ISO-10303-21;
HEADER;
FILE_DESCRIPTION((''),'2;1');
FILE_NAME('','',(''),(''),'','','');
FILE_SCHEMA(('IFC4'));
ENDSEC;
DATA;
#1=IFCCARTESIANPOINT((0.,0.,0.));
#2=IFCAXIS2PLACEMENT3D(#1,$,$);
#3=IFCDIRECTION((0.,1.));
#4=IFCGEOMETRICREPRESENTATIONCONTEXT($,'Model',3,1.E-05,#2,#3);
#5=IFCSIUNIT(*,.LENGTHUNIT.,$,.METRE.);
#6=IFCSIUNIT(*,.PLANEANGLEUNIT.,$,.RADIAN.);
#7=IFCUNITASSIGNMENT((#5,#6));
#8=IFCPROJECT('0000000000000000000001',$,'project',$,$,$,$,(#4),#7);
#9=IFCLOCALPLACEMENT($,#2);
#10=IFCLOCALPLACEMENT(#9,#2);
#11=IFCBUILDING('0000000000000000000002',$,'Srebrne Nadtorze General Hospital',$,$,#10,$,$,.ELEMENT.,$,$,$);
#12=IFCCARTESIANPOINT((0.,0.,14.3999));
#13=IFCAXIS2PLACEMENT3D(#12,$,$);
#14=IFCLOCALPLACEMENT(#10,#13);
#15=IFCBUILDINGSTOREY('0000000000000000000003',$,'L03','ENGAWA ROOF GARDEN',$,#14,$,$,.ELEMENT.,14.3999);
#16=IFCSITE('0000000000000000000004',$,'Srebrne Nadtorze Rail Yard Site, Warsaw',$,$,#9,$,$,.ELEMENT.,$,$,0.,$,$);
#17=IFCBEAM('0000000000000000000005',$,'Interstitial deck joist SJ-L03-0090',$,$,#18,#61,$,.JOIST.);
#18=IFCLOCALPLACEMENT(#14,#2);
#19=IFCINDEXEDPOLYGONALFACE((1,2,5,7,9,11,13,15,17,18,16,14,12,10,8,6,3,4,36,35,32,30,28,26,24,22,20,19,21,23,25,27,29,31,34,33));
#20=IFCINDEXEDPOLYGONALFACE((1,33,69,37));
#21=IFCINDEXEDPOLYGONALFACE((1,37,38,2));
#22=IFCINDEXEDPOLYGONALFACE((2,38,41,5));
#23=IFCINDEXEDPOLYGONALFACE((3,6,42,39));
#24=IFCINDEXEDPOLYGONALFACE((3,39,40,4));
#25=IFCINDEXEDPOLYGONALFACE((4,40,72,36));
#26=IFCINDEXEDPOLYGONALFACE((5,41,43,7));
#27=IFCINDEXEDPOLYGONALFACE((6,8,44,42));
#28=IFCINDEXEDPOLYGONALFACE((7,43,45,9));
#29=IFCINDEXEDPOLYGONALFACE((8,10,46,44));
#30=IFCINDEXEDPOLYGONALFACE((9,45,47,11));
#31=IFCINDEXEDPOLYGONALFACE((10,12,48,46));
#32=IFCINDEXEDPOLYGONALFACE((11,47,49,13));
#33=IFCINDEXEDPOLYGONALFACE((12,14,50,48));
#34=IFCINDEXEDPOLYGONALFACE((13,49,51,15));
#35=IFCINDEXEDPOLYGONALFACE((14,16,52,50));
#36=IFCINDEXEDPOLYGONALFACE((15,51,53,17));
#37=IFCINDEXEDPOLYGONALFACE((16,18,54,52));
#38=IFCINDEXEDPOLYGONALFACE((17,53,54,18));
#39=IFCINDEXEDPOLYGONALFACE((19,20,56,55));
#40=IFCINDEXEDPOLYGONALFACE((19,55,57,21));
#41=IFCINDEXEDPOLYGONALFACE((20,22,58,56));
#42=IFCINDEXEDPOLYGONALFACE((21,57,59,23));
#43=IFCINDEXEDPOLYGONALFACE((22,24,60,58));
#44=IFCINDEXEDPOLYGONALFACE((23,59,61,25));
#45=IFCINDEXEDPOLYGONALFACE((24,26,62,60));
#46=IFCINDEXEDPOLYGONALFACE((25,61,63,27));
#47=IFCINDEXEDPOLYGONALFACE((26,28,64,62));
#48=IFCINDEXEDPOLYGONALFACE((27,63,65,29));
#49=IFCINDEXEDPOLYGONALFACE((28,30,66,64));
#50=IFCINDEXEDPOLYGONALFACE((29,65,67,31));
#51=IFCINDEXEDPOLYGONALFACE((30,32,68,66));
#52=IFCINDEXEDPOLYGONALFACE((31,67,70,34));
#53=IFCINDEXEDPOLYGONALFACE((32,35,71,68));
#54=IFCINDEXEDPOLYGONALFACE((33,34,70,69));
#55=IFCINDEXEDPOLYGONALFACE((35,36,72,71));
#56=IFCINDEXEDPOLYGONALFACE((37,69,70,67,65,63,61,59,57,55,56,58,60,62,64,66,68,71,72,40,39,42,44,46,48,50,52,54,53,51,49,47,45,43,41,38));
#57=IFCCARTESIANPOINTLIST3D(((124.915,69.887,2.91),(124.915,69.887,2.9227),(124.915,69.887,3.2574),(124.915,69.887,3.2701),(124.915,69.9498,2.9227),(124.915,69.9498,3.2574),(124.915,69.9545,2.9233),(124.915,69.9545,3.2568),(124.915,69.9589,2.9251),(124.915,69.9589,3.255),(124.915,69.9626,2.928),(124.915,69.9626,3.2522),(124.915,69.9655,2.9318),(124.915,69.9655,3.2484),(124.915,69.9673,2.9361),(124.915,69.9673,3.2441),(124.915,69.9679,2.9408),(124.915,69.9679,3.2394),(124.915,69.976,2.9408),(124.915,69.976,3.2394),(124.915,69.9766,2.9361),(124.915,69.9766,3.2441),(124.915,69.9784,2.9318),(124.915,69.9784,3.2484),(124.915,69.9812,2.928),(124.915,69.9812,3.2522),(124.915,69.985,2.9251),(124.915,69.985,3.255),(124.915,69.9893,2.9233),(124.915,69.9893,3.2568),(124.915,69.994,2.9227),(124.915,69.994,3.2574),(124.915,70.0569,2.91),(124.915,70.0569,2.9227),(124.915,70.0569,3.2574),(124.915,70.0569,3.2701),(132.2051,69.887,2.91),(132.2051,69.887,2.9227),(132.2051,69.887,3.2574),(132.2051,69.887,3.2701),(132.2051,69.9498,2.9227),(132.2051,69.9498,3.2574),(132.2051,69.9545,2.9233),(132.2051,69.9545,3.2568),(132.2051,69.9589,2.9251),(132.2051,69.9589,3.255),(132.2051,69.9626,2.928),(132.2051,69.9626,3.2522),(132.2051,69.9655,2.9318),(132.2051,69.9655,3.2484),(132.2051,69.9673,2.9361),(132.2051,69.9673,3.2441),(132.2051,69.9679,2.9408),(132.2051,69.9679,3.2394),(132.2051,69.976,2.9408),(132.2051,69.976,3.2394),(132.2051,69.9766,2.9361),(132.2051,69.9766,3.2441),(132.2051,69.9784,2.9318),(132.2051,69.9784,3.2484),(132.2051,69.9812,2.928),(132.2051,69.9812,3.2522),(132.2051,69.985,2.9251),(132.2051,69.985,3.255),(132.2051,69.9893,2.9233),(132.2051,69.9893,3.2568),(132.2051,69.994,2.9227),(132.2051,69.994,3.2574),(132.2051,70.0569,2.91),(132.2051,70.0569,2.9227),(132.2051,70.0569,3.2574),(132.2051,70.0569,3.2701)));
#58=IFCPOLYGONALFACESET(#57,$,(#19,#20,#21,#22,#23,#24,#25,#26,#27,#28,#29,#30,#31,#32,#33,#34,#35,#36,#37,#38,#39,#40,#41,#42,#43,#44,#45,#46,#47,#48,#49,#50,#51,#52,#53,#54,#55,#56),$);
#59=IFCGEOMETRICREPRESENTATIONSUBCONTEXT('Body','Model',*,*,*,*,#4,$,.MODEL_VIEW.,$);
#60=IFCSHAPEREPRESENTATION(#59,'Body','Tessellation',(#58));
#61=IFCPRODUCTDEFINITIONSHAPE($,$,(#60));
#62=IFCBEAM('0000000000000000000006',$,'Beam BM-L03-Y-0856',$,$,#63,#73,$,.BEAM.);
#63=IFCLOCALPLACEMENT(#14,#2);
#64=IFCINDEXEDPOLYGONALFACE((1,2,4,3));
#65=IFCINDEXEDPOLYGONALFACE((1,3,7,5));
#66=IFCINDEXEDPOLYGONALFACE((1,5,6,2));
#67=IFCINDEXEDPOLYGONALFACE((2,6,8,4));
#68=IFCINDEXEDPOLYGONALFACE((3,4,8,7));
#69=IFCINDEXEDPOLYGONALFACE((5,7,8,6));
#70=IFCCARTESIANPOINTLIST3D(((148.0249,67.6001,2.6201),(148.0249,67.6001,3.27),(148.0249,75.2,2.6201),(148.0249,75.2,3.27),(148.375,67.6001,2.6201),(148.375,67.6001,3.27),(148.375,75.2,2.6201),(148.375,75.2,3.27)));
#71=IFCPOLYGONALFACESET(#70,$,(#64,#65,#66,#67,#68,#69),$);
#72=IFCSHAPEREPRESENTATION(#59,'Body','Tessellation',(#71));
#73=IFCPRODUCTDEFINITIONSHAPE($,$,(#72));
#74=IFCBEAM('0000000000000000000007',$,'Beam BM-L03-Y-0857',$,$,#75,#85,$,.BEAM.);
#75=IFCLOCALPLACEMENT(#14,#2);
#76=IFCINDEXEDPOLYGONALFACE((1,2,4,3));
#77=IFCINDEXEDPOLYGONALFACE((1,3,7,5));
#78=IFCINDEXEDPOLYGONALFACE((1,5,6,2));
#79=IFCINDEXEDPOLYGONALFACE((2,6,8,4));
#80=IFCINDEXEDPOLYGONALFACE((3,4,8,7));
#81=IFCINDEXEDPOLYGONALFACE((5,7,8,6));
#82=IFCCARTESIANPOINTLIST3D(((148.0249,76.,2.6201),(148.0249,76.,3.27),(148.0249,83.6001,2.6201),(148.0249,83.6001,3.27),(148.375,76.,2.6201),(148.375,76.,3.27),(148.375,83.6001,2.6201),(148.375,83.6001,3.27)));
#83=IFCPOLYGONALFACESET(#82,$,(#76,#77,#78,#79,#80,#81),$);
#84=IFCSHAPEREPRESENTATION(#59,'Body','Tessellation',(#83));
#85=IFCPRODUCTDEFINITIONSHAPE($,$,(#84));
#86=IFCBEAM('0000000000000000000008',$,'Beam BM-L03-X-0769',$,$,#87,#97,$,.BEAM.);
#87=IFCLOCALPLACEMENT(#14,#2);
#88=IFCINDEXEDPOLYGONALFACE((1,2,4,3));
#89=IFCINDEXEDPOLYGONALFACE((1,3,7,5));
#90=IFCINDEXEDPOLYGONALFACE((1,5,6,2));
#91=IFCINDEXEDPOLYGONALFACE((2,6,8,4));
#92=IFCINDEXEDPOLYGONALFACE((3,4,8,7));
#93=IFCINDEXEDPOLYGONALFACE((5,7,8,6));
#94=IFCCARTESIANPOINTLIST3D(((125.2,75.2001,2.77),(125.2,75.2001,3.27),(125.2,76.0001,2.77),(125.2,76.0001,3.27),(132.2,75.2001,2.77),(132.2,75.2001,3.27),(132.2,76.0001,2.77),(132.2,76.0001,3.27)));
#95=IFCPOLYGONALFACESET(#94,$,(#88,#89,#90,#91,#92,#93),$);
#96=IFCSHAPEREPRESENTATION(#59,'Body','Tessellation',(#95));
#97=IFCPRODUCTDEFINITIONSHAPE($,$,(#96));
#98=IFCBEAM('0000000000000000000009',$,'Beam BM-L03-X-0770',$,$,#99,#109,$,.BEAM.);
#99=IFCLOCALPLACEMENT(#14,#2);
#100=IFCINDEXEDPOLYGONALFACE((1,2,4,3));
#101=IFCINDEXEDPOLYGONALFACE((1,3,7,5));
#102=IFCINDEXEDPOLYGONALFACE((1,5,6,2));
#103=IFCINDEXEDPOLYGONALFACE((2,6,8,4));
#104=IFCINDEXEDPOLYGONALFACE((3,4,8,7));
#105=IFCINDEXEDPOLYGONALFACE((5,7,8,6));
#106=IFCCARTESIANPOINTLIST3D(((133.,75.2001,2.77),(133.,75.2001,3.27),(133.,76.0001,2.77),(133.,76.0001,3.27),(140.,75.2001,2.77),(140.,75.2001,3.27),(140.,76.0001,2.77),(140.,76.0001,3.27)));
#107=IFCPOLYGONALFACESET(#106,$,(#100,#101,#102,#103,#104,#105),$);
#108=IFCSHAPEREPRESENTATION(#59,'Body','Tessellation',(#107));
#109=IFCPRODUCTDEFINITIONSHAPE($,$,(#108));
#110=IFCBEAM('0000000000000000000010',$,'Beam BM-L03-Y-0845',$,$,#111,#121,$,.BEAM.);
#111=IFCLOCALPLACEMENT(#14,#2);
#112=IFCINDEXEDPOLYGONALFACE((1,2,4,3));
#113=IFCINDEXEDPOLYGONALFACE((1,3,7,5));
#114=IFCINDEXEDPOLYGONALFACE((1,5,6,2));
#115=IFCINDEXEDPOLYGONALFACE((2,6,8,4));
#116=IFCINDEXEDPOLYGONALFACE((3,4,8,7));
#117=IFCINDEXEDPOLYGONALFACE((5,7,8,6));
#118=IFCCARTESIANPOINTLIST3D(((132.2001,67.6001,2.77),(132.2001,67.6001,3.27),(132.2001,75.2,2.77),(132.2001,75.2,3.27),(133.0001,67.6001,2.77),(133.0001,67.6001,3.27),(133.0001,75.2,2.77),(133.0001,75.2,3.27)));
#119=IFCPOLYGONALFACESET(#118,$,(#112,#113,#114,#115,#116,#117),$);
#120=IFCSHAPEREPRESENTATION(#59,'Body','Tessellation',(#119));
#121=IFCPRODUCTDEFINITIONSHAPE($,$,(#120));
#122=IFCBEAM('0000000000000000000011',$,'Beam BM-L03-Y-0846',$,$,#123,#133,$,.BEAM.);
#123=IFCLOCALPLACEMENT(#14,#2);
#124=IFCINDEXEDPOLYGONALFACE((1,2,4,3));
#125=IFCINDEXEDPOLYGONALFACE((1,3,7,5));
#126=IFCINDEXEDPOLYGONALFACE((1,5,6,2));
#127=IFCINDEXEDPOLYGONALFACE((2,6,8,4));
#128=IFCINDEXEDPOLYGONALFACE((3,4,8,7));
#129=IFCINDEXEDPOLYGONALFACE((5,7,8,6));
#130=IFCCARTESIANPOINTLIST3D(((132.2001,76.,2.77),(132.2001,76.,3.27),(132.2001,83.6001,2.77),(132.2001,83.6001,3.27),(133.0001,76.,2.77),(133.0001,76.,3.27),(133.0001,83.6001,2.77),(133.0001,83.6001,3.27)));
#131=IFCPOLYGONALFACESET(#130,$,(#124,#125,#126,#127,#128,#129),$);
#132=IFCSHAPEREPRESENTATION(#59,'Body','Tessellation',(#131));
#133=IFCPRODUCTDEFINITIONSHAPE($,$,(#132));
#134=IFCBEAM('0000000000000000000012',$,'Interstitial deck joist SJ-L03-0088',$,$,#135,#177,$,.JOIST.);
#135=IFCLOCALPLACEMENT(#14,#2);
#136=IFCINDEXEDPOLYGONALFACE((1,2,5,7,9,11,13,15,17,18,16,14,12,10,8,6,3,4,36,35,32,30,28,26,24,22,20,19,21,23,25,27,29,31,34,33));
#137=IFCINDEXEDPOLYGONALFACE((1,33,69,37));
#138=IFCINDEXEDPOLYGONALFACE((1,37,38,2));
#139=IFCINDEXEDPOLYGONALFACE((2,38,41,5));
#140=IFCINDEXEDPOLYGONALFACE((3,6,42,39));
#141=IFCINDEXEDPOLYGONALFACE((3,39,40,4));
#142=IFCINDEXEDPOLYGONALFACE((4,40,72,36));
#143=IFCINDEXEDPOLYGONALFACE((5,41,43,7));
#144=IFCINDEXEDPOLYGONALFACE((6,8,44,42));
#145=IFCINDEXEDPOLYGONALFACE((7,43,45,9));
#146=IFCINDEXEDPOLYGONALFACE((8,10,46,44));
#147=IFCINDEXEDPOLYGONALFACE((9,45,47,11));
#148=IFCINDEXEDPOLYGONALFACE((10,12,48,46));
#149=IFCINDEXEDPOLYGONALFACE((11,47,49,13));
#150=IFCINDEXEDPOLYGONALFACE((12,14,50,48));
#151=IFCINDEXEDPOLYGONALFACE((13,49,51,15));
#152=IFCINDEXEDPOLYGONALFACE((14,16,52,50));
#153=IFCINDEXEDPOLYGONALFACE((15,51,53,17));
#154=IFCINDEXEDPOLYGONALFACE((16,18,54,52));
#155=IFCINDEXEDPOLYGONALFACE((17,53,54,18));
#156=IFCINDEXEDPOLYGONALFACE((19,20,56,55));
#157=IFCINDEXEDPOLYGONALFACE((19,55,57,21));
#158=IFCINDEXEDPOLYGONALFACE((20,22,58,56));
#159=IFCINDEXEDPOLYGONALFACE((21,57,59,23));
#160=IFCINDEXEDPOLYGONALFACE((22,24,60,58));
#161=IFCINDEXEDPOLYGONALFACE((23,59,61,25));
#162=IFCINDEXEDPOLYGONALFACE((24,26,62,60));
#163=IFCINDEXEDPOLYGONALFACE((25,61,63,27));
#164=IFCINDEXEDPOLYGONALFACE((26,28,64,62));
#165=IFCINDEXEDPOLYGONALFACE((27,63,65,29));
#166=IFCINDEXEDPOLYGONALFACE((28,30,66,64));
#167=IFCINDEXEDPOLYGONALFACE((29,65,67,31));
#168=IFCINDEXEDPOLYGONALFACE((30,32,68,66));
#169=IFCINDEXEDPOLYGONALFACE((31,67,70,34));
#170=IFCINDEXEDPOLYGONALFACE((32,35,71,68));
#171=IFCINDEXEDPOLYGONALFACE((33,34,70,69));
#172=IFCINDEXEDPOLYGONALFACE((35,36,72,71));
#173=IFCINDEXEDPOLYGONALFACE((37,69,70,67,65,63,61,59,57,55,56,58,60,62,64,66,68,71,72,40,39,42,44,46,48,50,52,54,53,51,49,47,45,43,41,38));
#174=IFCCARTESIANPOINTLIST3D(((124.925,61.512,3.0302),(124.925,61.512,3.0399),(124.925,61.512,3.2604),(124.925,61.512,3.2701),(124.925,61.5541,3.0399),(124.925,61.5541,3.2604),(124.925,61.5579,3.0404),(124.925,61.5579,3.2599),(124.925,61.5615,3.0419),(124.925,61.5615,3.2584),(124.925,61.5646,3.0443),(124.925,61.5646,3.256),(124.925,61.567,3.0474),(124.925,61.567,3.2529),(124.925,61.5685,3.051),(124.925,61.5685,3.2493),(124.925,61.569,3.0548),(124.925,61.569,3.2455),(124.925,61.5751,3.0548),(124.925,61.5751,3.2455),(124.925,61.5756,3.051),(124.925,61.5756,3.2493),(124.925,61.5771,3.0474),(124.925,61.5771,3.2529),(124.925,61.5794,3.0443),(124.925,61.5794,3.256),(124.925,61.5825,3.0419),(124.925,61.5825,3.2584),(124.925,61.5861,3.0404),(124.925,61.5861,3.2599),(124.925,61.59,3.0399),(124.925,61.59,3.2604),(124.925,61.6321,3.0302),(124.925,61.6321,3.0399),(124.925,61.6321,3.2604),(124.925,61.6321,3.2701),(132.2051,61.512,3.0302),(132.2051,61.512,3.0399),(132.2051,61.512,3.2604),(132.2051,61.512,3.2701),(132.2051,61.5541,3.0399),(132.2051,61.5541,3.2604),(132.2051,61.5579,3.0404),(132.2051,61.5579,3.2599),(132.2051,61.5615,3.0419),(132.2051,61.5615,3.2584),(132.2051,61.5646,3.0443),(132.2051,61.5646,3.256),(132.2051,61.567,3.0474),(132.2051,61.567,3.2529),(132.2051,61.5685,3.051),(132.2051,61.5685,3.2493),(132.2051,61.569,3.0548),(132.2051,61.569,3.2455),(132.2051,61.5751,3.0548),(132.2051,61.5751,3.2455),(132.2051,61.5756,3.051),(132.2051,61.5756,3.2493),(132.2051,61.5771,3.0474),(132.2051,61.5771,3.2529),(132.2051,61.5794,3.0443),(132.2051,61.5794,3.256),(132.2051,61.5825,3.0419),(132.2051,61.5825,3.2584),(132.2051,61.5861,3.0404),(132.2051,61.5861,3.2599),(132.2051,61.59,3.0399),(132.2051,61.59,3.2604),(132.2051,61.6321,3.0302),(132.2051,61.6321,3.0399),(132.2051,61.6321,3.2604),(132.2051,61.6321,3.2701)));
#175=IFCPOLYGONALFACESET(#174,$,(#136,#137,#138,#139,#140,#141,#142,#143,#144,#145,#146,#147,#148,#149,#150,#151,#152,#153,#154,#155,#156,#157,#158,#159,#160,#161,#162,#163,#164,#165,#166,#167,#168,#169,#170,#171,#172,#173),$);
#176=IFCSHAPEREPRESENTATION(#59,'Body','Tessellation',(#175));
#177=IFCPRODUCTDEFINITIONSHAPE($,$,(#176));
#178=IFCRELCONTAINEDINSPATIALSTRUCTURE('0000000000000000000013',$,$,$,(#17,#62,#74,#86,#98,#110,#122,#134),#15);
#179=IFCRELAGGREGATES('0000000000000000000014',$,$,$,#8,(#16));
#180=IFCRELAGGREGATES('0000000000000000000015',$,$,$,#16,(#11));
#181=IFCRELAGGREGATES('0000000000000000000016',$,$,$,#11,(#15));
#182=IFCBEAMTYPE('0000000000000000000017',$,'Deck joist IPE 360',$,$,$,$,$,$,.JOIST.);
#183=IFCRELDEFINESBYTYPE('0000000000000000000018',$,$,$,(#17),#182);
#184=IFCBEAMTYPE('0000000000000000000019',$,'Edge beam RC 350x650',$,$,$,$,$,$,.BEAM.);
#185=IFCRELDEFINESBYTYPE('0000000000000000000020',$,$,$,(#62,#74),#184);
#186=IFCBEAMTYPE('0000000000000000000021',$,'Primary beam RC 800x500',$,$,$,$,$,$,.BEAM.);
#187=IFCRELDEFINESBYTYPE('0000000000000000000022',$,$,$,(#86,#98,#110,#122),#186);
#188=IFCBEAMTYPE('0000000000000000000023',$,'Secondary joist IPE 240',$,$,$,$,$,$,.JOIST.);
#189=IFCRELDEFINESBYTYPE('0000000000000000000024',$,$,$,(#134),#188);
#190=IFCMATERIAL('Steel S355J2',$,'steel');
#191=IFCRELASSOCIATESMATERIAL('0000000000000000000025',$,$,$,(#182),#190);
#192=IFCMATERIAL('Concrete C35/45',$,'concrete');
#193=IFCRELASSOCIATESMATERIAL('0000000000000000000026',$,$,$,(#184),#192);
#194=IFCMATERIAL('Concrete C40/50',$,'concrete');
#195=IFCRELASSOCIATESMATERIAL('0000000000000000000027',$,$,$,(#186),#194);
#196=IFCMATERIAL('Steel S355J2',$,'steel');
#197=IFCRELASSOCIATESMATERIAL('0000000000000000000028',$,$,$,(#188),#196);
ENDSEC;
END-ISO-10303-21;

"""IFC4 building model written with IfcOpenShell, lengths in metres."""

from ifc_helpers import new_model, si_unit, direction, frame, origin, origin_2d, place, context, subcontext, project, spatial, rectangle, i_section, extrude, material, material_profile, profile_set, type_object, element, save


model = new_model("IFC4")

# Units and contexts
model_context = context("Model", 3, precision=1e-05, world=origin(), true_north=direction((0.0, 1.0)))
body_context = subcontext(model_context, "Body", "Model", "MODEL_VIEW")
ifc_project = project(units=[si_unit("LENGTHUNIT", "METRE"), si_unit("PLANEANGLEUNIT", "RADIAN")], contexts=[model_context])

# Site, building, storey
site_placement = place(None, origin())
site = spatial("IfcSite", under=ifc_project, at=site_placement, Name="Srebrne Nadtorze Rail Yard Site, Warsaw", CompositionType="ELEMENT", RefElevation=0.0)
building_placement = place(site_placement, origin())
building = spatial("IfcBuilding", under=site, at=building_placement, Name="Srebrne Nadtorze General Hospital", CompositionType="ELEMENT")
storey_placement = place(building_placement, frame((0.0, 0.0, 14.3999)))
storey = spatial("IfcBuildingStorey", under=building, at=storey_placement, Name="L03", Description="ENGAWA ROOF GARDEN", CompositionType="ELEMENT", Elevation=14.3999)

# Beams
ifc_material_1 = material(Name="Steel S355J2", Category="steel")
ifc_material_profile_1 = material_profile(ifc_material_1, i_section(OverallWidth=0.1699, OverallDepth=0.3601, WebThickness=0.0081, FlangeThickness=0.0127, FilletRadius=0.0181, at=origin_2d()), Name="IPE-360")
ifc_profile_set_1 = profile_set([ifc_material_profile_1], Name="Steel S355J2")
beam_type_1 = type_object("IfcBeamType", Name="Deck joist IPE 360", PredefinedType="JOIST", material=ifc_profile_set_1)
beam_1_placement = place(storey_placement, frame((124.915, 69.9719, 3.0901), z_axis=(1.0, 0.0, 0.0), x_axis=(0.0, 1.0, 0.0)))
element("IfcBeam", 1, at=beam_1_placement, inside=storey, type_object=beam_type_1, Name="Interstitial deck joist SJ-L03-0090", PredefinedType="JOIST", context=body_context, shape_type="SweptSolid", body=[
    extrude(i_section(OverallWidth=0.1699, OverallDepth=0.3601, WebThickness=0.0081, FlangeThickness=0.0127, FilletRadius=0.0181, at=origin_2d()), origin(), (0.0, 0.0, 1.0), 7.29),
])
ifc_material_2 = material(Name="Concrete C35/45", Category="concrete")
ifc_material_profile_2 = material_profile(ifc_material_2, rectangle(XDim=0.3501, YDim=0.6499, at=origin_2d()), Name="RC-BM-350x650")
ifc_profile_set_2 = profile_set([ifc_material_profile_2], Name="Concrete C35/45")
beam_type_2 = type_object("IfcBeamType", Name="Edge beam RC 350x650", PredefinedType="BEAM", material=ifc_profile_set_2)
beam_2_placement = place(storey_placement, frame((148.2, 67.6001, 2.9451), z_axis=(0.0, 1.0, 0.0), x_axis=(-1.0, 0.0, 0.0)))
element("IfcBeam", 2, at=beam_2_placement, inside=storey, type_object=beam_type_2, Name="Beam BM-L03-Y-0856", PredefinedType="BEAM", context=body_context, shape_type="SweptSolid", body=[
    extrude(rectangle(XDim=0.3501, YDim=0.6499, at=origin_2d()), origin(), (0.0, 0.0, 1.0), 7.5999),
])
beam_3_placement = place(storey_placement, frame((148.2, 76.0, 2.9451), z_axis=(0.0, 1.0, 0.0), x_axis=(-1.0, 0.0, 0.0)))
element("IfcBeam", 3, at=beam_3_placement, inside=storey, type_object=beam_type_2, Name="Beam BM-L03-Y-0857", PredefinedType="BEAM", context=body_context, shape_type="SweptSolid", body=[
    extrude(rectangle(XDim=0.3501, YDim=0.6499, at=origin_2d()), origin(), (0.0, 0.0, 1.0), 7.6001),
])
ifc_material_3 = material(Name="Concrete C40/50", Category="concrete")
ifc_material_profile_3 = material_profile(ifc_material_3, rectangle(XDim=0.8, YDim=0.5, at=origin_2d()), Name="RC-BM-800x500")
ifc_profile_set_3 = profile_set([ifc_material_profile_3], Name="Concrete C40/50")
beam_type_3 = type_object("IfcBeamType", Name="Primary beam RC 800x500", PredefinedType="BEAM", material=ifc_profile_set_3)
for number, where, z_axis, x_axis, name in (
    (4, (125.2, 75.6001, 3.02), (1.0, 0.0, 0.0), (0.0, 1.0, 0.0), "Beam BM-L03-X-0769"),
    (5, (133.0, 75.6001, 3.02), (1.0, 0.0, 0.0), (0.0, 1.0, 0.0), "Beam BM-L03-X-0770"),
):
    element("IfcBeam", number, at=place(storey_placement, frame(where, z_axis=z_axis, x_axis=x_axis)), inside=storey, type_object=beam_type_3, Name=name, PredefinedType="BEAM", context=body_context, shape_type="SweptSolid", body=[
        extrude(rectangle(XDim=0.8, YDim=0.5, at=origin_2d()), origin(), (0.0, 0.0, 1.0), 7.0),
    ])
beam_4_placement = place(storey_placement, frame((132.6001, 67.6001, 3.02), z_axis=(0.0, 1.0, 0.0), x_axis=(-1.0, 0.0, 0.0)))
element("IfcBeam", 6, at=beam_4_placement, inside=storey, type_object=beam_type_3, Name="Beam BM-L03-Y-0845", PredefinedType="BEAM", context=body_context, shape_type="SweptSolid", body=[
    extrude(rectangle(XDim=0.8, YDim=0.5, at=origin_2d()), origin(), (0.0, 0.0, 1.0), 7.5999),
])
beam_5_placement = place(storey_placement, frame((132.6001, 76.0, 3.02), z_axis=(0.0, 1.0, 0.0), x_axis=(-1.0, 0.0, 0.0)))
element("IfcBeam", 7, at=beam_5_placement, inside=storey, type_object=beam_type_3, Name="Beam BM-L03-Y-0846", PredefinedType="BEAM", context=body_context, shape_type="SweptSolid", body=[
    extrude(rectangle(XDim=0.8, YDim=0.5, at=origin_2d()), origin(), (0.0, 0.0, 1.0), 7.6001),
])
ifc_material_4 = material(Name="Steel S355J2", Category="steel")
ifc_material_profile_4 = material_profile(ifc_material_4, i_section(OverallWidth=0.1201, OverallDepth=0.24, WebThickness=0.0061, FlangeThickness=0.0098, FilletRadius=0.0149, at=origin_2d()), Name="IPE-240")
ifc_profile_set_4 = profile_set([ifc_material_profile_4], Name="Steel S355J2")
beam_type_4 = type_object("IfcBeamType", Name="Secondary joist IPE 240", PredefinedType="JOIST", material=ifc_profile_set_4)
beam_6_placement = place(storey_placement, frame((124.925, 61.572, 3.1501), z_axis=(1.0, 0.0, 0.0), x_axis=(0.0, 1.0, 0.0)))
element("IfcBeam", 8, at=beam_6_placement, inside=storey, type_object=beam_type_4, Name="Interstitial deck joist SJ-L03-0088", PredefinedType="JOIST", context=body_context, shape_type="SweptSolid", body=[
    extrude(i_section(OverallWidth=0.1201, OverallDepth=0.24, WebThickness=0.0061, FlangeThickness=0.0098, FilletRadius=0.0149, at=origin_2d()), origin(), (0.0, 0.0, 1.0), 7.28),
])

save(model, "model.ifc")
